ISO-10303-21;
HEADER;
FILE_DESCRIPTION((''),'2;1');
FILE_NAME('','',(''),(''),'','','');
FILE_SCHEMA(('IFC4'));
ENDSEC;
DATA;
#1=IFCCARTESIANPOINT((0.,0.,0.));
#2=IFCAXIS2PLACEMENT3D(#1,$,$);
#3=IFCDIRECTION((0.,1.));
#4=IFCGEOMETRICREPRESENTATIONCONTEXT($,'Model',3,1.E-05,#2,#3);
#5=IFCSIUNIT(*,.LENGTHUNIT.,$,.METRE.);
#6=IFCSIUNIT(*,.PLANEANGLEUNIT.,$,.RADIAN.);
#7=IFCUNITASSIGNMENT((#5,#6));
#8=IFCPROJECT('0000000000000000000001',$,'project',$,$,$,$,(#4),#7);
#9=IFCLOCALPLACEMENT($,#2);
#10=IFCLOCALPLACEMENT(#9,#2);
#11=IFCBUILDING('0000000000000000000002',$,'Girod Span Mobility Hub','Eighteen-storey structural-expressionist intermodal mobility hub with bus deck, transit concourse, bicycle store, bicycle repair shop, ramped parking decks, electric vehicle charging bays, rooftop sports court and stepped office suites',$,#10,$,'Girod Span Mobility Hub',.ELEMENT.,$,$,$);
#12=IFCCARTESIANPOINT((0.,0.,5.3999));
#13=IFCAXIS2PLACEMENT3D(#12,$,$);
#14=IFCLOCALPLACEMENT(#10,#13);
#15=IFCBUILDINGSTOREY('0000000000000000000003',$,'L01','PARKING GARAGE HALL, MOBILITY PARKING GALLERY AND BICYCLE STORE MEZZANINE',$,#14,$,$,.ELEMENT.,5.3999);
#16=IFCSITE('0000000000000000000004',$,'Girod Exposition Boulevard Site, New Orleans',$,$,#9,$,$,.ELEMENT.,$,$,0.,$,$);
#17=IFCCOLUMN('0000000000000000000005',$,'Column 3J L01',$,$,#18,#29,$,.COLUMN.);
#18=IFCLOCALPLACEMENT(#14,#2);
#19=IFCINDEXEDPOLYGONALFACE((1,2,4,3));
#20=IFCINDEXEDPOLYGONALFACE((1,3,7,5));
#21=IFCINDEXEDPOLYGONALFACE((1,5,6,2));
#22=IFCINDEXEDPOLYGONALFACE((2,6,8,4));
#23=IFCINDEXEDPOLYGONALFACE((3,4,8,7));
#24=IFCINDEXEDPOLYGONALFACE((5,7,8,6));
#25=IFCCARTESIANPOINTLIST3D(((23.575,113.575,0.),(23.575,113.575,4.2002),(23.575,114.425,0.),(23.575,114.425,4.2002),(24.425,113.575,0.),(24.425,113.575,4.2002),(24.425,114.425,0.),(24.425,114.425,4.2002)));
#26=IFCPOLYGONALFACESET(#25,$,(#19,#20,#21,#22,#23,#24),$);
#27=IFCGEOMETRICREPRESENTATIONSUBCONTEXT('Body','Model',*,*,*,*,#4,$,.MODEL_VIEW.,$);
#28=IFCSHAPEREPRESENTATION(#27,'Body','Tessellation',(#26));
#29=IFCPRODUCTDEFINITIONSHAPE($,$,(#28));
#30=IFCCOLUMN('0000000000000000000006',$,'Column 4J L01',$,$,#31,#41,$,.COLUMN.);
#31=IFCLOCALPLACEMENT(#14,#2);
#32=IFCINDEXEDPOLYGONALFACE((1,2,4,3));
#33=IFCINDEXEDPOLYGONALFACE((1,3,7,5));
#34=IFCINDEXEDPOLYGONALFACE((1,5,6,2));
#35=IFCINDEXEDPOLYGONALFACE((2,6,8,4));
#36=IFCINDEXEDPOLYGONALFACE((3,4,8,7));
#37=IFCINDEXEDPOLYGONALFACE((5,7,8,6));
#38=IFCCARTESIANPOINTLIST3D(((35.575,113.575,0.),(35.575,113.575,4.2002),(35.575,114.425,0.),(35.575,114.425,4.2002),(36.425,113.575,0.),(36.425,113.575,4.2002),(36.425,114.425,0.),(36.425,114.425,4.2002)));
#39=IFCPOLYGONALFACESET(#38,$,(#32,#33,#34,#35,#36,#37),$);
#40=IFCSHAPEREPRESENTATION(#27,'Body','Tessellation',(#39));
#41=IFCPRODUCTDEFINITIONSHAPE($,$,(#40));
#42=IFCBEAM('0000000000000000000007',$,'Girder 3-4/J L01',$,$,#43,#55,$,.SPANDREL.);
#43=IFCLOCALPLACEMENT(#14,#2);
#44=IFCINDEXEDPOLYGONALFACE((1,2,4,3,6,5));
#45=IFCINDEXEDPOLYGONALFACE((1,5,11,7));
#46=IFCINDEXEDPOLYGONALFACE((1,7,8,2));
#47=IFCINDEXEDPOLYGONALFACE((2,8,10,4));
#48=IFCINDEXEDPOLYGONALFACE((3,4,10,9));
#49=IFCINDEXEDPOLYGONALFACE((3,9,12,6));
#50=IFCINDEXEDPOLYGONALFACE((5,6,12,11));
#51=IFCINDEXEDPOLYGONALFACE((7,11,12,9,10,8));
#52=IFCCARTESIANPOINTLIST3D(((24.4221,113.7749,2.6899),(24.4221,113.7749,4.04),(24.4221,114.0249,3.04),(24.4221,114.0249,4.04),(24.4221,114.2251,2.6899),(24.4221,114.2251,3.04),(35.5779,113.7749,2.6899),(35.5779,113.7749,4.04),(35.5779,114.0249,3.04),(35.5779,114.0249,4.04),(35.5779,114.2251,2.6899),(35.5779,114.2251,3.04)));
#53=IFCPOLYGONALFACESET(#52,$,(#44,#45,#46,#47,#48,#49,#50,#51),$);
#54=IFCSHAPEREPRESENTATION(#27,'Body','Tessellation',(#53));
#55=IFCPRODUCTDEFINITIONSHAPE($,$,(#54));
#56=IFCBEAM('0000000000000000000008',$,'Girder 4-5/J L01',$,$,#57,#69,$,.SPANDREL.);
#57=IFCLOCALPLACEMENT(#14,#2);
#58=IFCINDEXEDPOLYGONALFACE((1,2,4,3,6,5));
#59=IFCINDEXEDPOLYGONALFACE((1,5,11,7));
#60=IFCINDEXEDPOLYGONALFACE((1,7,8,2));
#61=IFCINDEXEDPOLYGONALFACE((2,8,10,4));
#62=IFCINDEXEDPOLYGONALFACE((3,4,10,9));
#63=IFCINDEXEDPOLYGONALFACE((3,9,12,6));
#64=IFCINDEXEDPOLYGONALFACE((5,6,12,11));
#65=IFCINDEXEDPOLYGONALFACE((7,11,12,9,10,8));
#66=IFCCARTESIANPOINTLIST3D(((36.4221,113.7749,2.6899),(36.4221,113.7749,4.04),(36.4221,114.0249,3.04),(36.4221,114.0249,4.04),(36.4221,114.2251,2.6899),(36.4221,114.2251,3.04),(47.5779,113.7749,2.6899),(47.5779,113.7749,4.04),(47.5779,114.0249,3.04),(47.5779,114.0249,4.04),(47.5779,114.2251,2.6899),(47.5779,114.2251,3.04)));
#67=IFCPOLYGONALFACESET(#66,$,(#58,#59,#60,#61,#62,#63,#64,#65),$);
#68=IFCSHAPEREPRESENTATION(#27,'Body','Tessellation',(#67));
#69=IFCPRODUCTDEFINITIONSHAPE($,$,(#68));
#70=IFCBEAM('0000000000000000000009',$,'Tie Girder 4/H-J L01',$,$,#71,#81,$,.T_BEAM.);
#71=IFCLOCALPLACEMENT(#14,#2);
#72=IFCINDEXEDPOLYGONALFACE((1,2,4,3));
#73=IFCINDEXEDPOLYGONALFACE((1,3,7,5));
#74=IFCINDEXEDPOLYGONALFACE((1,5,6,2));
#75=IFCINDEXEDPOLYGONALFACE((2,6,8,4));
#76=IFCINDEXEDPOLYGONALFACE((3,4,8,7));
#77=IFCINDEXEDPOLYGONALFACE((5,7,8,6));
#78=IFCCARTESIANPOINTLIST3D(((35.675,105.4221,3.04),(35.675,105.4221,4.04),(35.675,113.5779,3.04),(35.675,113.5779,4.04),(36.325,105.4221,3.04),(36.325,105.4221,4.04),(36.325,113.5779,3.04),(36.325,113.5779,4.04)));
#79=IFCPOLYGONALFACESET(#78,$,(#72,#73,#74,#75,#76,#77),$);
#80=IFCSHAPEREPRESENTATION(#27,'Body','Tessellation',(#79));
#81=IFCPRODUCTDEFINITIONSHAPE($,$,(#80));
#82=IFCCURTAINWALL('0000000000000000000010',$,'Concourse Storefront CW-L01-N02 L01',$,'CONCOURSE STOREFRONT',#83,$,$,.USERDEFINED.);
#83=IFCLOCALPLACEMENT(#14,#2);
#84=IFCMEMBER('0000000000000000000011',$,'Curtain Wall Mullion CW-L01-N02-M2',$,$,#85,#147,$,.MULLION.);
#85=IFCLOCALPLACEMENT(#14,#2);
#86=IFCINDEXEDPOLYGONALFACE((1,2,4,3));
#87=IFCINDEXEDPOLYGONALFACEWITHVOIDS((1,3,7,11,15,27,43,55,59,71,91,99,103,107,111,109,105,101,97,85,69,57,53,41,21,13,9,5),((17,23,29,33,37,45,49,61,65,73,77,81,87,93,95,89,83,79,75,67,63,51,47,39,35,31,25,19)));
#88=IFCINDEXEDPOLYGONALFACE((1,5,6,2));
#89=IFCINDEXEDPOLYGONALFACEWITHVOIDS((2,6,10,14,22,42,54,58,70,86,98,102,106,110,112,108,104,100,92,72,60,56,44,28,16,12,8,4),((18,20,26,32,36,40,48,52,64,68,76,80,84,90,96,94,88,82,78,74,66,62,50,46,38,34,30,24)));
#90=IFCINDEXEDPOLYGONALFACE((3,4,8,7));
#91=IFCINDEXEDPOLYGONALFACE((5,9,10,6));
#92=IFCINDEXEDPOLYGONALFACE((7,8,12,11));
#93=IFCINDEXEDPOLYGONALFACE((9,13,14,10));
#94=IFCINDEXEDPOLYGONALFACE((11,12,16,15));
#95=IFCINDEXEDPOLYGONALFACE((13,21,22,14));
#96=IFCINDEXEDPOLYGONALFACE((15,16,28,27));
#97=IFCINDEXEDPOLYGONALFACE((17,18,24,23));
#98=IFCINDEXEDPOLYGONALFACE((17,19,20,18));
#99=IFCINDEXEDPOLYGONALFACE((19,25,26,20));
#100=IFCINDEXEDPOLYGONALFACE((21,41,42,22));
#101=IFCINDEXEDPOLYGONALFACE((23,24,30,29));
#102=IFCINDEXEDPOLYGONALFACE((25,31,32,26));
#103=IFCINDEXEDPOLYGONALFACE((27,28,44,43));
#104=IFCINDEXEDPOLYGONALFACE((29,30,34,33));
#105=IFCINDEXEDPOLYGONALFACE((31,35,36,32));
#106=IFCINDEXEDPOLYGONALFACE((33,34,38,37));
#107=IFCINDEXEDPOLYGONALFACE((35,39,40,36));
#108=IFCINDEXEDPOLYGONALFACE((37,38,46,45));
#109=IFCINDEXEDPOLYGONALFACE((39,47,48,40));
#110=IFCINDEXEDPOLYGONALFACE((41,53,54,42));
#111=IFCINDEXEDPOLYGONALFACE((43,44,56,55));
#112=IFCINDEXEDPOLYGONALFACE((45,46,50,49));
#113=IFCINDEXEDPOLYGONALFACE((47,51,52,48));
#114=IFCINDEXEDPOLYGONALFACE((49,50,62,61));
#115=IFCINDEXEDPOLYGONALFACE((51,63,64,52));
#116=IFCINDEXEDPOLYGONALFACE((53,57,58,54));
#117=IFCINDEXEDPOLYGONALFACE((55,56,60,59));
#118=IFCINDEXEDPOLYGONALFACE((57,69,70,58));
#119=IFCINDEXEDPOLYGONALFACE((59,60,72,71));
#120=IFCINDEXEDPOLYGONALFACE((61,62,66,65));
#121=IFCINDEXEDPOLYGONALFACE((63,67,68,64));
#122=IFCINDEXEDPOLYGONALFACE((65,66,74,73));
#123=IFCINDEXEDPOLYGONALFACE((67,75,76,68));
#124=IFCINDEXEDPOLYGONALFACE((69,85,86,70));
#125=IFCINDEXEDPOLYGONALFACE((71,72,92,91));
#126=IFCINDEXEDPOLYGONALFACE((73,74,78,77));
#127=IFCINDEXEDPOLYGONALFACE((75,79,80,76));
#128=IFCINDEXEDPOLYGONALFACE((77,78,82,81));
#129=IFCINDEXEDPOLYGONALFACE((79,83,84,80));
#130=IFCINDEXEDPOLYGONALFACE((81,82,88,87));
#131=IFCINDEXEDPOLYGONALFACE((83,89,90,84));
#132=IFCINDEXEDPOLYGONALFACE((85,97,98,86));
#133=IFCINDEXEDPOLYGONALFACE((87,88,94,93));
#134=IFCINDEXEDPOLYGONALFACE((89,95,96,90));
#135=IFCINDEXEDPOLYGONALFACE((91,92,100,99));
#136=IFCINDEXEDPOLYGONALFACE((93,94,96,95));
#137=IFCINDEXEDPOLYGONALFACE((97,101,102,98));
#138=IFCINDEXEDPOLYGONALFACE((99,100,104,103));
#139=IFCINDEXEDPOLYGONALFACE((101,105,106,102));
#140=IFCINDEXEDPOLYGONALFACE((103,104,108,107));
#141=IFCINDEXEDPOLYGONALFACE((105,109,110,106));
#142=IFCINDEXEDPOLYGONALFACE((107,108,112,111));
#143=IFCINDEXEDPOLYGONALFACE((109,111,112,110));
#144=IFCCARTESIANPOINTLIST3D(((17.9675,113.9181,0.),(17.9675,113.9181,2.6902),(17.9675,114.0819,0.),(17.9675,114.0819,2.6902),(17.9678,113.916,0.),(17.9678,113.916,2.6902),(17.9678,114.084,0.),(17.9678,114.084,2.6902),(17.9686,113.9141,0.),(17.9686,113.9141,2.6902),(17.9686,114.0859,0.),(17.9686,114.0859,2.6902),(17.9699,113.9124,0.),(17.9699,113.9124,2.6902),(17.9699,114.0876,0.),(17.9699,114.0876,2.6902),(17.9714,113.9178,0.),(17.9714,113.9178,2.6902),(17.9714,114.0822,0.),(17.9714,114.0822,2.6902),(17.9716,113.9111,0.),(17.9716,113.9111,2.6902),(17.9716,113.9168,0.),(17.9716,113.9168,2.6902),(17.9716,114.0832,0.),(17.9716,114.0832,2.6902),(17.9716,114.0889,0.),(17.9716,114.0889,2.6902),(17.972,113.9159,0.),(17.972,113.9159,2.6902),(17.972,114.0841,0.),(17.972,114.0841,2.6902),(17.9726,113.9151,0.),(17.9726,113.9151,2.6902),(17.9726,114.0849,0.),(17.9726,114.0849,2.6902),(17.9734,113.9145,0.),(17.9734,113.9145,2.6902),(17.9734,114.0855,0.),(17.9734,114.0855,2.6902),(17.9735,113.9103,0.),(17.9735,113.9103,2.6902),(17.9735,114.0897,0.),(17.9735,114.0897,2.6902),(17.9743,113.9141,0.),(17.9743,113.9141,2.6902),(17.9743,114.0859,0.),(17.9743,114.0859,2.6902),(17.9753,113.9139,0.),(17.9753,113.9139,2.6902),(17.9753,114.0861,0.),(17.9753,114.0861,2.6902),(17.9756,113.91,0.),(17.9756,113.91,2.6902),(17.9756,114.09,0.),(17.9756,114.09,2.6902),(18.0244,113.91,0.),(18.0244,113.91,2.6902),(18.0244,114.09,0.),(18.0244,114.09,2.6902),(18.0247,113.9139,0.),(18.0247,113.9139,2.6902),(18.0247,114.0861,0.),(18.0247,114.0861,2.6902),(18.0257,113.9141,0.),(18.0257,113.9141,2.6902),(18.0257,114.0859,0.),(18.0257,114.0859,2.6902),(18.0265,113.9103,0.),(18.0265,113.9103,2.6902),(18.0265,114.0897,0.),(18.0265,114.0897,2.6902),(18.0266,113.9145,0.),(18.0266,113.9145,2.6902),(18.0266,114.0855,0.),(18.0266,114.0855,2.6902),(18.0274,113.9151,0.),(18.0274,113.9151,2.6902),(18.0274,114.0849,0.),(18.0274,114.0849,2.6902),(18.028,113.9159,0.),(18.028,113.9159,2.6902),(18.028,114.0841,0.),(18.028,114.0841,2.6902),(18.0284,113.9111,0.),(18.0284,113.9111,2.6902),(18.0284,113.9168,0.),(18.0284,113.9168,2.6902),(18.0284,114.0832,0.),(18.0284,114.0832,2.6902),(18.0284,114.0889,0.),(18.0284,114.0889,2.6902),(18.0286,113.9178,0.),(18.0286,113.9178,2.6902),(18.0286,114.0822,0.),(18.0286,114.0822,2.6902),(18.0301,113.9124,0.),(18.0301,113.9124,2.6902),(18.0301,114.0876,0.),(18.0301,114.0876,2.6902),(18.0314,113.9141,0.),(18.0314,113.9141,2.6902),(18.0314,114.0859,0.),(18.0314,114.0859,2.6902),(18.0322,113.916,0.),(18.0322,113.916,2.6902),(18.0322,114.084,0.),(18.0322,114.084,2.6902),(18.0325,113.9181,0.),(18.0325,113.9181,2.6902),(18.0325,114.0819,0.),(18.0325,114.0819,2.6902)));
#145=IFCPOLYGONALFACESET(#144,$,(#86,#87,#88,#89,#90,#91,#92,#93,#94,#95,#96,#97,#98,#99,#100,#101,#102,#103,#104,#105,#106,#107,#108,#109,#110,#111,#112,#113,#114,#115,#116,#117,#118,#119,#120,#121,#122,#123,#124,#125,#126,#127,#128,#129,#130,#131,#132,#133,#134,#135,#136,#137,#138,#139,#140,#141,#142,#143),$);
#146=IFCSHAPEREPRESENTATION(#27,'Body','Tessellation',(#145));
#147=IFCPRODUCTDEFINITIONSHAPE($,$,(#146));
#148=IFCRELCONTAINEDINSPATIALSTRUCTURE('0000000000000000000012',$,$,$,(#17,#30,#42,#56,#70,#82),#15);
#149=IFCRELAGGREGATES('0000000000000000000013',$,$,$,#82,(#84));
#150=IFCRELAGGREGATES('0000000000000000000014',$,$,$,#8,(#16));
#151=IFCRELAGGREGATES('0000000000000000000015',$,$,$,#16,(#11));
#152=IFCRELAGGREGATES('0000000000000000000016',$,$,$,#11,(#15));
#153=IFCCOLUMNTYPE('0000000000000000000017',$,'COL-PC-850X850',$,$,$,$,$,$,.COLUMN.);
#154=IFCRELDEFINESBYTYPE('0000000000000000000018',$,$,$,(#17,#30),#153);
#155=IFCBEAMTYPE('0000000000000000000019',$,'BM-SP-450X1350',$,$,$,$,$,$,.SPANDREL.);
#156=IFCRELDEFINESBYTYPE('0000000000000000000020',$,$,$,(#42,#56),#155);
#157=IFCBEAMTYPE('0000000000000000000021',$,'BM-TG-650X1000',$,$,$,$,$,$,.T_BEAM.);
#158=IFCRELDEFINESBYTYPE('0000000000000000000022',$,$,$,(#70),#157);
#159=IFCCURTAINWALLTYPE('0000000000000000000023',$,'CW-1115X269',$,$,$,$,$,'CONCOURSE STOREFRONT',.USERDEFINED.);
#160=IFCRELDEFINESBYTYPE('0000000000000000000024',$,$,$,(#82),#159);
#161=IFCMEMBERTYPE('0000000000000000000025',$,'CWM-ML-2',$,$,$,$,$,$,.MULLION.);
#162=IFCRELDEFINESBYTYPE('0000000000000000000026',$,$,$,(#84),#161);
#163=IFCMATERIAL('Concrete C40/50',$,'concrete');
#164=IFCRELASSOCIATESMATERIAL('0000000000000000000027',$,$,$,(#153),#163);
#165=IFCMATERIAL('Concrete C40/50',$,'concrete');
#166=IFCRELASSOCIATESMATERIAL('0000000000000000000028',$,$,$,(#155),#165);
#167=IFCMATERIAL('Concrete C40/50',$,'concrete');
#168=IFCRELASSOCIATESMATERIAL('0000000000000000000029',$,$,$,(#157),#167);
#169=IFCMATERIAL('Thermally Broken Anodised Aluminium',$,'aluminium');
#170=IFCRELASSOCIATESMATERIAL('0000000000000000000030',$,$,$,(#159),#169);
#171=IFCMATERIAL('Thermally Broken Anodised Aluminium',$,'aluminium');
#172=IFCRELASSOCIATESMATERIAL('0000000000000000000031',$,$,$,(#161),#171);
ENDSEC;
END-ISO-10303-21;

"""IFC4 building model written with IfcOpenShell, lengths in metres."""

from ifc_helpers import new_model, si_unit, direction, frame, origin, origin_2d, place, context, subcontext, project, spatial, polyline, rectangle, hollow_rectangle, outline, extrude, material, material_profile, profile_set, type_object, element, aggregate, save


model = new_model("IFC4")

# Units and contexts
model_context = context("Model", 3, precision=1e-05, world=origin(), true_north=direction((0.0, 1.0)))
body_context = subcontext(model_context, "Body", "Model", "MODEL_VIEW")
ifc_project = project(units=[si_unit("LENGTHUNIT", "METRE"), si_unit("PLANEANGLEUNIT", "RADIAN")], contexts=[model_context])

# Site, building, storey
site_placement = place(None, origin())
site = spatial("IfcSite", under=ifc_project, at=site_placement, Name="Girod Exposition Boulevard Site, New Orleans", CompositionType="ELEMENT", RefElevation=0.0)
building_placement = place(site_placement, origin())
building = spatial("IfcBuilding", under=site, at=building_placement, Name="Girod Span Mobility Hub", Description="Eighteen-storey structural-expressionist intermodal mobility hub with bus deck, transit concourse, bicycle store, bicycle repair shop, ramped parking decks, electric vehicle charging bays, rooftop sports court and stepped office suites", LongName="Girod Span Mobility Hub", CompositionType="ELEMENT")
storey_placement = place(building_placement, frame((0.0, 0.0, 5.3999)))
storey = spatial("IfcBuildingStorey", under=building, at=storey_placement, Name="L01", Description="PARKING GARAGE HALL, MOBILITY PARKING GALLERY AND BICYCLE STORE MEZZANINE", CompositionType="ELEMENT", Elevation=5.3999)

# Columns
ifc_material_1 = material(Name="Concrete C40/50", Category="concrete")
ifc_material_profile_1 = material_profile(ifc_material_1, rectangle(XDim=0.8501, YDim=0.8501, at=origin_2d()), Name="PC-COL-850X850")
ifc_profile_set_1 = profile_set([ifc_material_profile_1], Name="Concrete C40/50")
column_type = type_object("IfcColumnType", Name="COL-PC-850X850", PredefinedType="COLUMN", material=ifc_profile_set_1)
for number, where, z_axis, x_axis, name in (
    (1, (24.0, 114.0, 0.0), (0.0, 0.0, 1.0), (1.0, 0.0, 0.0), "Column 3J L01"),
    (2, (36.0, 114.0, 0.0), (0.0, 0.0, 1.0), (1.0, 0.0, 0.0), "Column 4J L01"),
):
    element("IfcColumn", number, at=place(storey_placement, frame(where, z_axis=z_axis, x_axis=x_axis)), inside=storey, type_object=column_type, Name=name, PredefinedType="COLUMN", context=body_context, shape_type="SweptSolid", body=[
        extrude(rectangle(XDim=0.8501, YDim=0.8501, at=origin_2d()), origin(), (0.0, 0.0, 1.0), 4.2002),
    ])

# Beams
ifc_material_2 = material(Name="Concrete C40/50", Category="concrete")
ifc_material_profile_2 = material_profile(ifc_material_2, outline(polyline([(-0.2251, -0.675), (0.2251, -0.675), (0.2251, -0.325), (0.0249, -0.325), (0.0249, 0.675), (-0.2251, 0.675), (-0.2251, -0.675)])), Name="SP-450X1350")
ifc_profile_set_2 = profile_set([ifc_material_profile_2], Name="Concrete C40/50")
beam_type_1 = type_object("IfcBeamType", Name="BM-SP-450X1350", PredefinedType="SPANDREL", material=ifc_profile_set_2)
for number, where, z_axis, x_axis, name in (
    (3, (24.4221, 114.0, 3.365), (1.0, 0.0, 0.0), (0.0, 1.0, 0.0), "Girder 3-4/J L01"),
    (4, (36.4221, 114.0, 3.365), (1.0, 0.0, 0.0), (0.0, 1.0, 0.0), "Girder 4-5/J L01"),
):
    element("IfcBeam", number, at=place(storey_placement, frame(where, z_axis=z_axis, x_axis=x_axis)), inside=storey, type_object=beam_type_1, Name=name, PredefinedType="SPANDREL", context=body_context, shape_type="SweptSolid", body=[
        extrude(outline(polyline([(-0.2251, -0.675), (0.2251, -0.675), (0.2251, -0.325), (0.0249, -0.325), (0.0249, 0.675), (-0.2251, 0.675), (-0.2251, -0.675)])), origin(), (0.0, 0.0, 1.0), 11.1558),
    ])
ifc_material_3 = material(Name="Concrete C40/50", Category="concrete")
ifc_material_profile_3 = material_profile(ifc_material_3, rectangle(XDim=0.6499, YDim=1.0, at=origin_2d()), Name="TG-650X1000")
ifc_profile_set_3 = profile_set([ifc_material_profile_3], Name="Concrete C40/50")
beam_type_2 = type_object("IfcBeamType", Name="BM-TG-650X1000", PredefinedType="T_BEAM", material=ifc_profile_set_3)
beam_placement = place(storey_placement, frame((36.0, 105.4221, 3.54), z_axis=(0.0, 1.0, 0.0), x_axis=(-1.0, 0.0, 0.0)))
element("IfcBeam", 5, at=beam_placement, inside=storey, type_object=beam_type_2, Name="Tie Girder 4/H-J L01", PredefinedType="T_BEAM", context=body_context, shape_type="SweptSolid", body=[
    extrude(rectangle(XDim=0.6499, YDim=1.0, at=origin_2d()), origin(), (0.0, 0.0, 1.0), 8.1558),
])

# Curtain wall, member
ifc_material_4 = material(Name="Thermally Broken Anodised Aluminium", Category="aluminium")
curtain_wall_type = type_object("IfcCurtainWallType", Name="CW-1115X269", ElementType="CONCOURSE STOREFRONT", PredefinedType="USERDEFINED", material=ifc_material_4)
curtain_wall_1_placement = place(storey_placement, origin())
curtain_wall_1 = element("IfcCurtainWall", 6, at=curtain_wall_1_placement, inside=storey, type_object=curtain_wall_type, Name="Concourse Storefront CW-L01-N02 L01", ObjectType="CONCOURSE STOREFRONT", PredefinedType="USERDEFINED")
ifc_material_5 = material(Name="Thermally Broken Anodised Aluminium", Category="aluminium")
ifc_material_profile_4 = material_profile(ifc_material_5, hollow_rectangle(XDim=0.1799, YDim=0.0649, WallThickness=0.0039, InnerFilletRadius=0.0039, OuterFilletRadius=0.0081, at=origin_2d()), Name="CW-ML-65X180")
ifc_profile_set_4 = profile_set([ifc_material_profile_4], Name="Thermally Broken Anodised Aluminium")
member_type_1 = type_object("IfcMemberType", Name="CWM-ML-2", PredefinedType="MULLION", material=ifc_profile_set_4)
member_1_placement = place(storey_placement, frame((18.0, 114.0, 0.0), z_axis=(0.0, 0.0, 1.0), x_axis=(0.0, 1.0, 0.0)))
member_1 = element("IfcMember", 7, at=member_1_placement, type_object=member_type_1, Name="Curtain Wall Mullion CW-L01-N02-M2", PredefinedType="MULLION", context=body_context, shape_type="SweptSolid", body=[
    extrude(hollow_rectangle(XDim=0.1799, YDim=0.0649, WallThickness=0.0039, InnerFilletRadius=0.0039, OuterFilletRadius=0.0081, at=origin_2d()), origin(), (0.0, 0.0, 1.0), 2.6902),
])

aggregate(curtain_wall_1, [member_1])

save(model, "model.ifc")
